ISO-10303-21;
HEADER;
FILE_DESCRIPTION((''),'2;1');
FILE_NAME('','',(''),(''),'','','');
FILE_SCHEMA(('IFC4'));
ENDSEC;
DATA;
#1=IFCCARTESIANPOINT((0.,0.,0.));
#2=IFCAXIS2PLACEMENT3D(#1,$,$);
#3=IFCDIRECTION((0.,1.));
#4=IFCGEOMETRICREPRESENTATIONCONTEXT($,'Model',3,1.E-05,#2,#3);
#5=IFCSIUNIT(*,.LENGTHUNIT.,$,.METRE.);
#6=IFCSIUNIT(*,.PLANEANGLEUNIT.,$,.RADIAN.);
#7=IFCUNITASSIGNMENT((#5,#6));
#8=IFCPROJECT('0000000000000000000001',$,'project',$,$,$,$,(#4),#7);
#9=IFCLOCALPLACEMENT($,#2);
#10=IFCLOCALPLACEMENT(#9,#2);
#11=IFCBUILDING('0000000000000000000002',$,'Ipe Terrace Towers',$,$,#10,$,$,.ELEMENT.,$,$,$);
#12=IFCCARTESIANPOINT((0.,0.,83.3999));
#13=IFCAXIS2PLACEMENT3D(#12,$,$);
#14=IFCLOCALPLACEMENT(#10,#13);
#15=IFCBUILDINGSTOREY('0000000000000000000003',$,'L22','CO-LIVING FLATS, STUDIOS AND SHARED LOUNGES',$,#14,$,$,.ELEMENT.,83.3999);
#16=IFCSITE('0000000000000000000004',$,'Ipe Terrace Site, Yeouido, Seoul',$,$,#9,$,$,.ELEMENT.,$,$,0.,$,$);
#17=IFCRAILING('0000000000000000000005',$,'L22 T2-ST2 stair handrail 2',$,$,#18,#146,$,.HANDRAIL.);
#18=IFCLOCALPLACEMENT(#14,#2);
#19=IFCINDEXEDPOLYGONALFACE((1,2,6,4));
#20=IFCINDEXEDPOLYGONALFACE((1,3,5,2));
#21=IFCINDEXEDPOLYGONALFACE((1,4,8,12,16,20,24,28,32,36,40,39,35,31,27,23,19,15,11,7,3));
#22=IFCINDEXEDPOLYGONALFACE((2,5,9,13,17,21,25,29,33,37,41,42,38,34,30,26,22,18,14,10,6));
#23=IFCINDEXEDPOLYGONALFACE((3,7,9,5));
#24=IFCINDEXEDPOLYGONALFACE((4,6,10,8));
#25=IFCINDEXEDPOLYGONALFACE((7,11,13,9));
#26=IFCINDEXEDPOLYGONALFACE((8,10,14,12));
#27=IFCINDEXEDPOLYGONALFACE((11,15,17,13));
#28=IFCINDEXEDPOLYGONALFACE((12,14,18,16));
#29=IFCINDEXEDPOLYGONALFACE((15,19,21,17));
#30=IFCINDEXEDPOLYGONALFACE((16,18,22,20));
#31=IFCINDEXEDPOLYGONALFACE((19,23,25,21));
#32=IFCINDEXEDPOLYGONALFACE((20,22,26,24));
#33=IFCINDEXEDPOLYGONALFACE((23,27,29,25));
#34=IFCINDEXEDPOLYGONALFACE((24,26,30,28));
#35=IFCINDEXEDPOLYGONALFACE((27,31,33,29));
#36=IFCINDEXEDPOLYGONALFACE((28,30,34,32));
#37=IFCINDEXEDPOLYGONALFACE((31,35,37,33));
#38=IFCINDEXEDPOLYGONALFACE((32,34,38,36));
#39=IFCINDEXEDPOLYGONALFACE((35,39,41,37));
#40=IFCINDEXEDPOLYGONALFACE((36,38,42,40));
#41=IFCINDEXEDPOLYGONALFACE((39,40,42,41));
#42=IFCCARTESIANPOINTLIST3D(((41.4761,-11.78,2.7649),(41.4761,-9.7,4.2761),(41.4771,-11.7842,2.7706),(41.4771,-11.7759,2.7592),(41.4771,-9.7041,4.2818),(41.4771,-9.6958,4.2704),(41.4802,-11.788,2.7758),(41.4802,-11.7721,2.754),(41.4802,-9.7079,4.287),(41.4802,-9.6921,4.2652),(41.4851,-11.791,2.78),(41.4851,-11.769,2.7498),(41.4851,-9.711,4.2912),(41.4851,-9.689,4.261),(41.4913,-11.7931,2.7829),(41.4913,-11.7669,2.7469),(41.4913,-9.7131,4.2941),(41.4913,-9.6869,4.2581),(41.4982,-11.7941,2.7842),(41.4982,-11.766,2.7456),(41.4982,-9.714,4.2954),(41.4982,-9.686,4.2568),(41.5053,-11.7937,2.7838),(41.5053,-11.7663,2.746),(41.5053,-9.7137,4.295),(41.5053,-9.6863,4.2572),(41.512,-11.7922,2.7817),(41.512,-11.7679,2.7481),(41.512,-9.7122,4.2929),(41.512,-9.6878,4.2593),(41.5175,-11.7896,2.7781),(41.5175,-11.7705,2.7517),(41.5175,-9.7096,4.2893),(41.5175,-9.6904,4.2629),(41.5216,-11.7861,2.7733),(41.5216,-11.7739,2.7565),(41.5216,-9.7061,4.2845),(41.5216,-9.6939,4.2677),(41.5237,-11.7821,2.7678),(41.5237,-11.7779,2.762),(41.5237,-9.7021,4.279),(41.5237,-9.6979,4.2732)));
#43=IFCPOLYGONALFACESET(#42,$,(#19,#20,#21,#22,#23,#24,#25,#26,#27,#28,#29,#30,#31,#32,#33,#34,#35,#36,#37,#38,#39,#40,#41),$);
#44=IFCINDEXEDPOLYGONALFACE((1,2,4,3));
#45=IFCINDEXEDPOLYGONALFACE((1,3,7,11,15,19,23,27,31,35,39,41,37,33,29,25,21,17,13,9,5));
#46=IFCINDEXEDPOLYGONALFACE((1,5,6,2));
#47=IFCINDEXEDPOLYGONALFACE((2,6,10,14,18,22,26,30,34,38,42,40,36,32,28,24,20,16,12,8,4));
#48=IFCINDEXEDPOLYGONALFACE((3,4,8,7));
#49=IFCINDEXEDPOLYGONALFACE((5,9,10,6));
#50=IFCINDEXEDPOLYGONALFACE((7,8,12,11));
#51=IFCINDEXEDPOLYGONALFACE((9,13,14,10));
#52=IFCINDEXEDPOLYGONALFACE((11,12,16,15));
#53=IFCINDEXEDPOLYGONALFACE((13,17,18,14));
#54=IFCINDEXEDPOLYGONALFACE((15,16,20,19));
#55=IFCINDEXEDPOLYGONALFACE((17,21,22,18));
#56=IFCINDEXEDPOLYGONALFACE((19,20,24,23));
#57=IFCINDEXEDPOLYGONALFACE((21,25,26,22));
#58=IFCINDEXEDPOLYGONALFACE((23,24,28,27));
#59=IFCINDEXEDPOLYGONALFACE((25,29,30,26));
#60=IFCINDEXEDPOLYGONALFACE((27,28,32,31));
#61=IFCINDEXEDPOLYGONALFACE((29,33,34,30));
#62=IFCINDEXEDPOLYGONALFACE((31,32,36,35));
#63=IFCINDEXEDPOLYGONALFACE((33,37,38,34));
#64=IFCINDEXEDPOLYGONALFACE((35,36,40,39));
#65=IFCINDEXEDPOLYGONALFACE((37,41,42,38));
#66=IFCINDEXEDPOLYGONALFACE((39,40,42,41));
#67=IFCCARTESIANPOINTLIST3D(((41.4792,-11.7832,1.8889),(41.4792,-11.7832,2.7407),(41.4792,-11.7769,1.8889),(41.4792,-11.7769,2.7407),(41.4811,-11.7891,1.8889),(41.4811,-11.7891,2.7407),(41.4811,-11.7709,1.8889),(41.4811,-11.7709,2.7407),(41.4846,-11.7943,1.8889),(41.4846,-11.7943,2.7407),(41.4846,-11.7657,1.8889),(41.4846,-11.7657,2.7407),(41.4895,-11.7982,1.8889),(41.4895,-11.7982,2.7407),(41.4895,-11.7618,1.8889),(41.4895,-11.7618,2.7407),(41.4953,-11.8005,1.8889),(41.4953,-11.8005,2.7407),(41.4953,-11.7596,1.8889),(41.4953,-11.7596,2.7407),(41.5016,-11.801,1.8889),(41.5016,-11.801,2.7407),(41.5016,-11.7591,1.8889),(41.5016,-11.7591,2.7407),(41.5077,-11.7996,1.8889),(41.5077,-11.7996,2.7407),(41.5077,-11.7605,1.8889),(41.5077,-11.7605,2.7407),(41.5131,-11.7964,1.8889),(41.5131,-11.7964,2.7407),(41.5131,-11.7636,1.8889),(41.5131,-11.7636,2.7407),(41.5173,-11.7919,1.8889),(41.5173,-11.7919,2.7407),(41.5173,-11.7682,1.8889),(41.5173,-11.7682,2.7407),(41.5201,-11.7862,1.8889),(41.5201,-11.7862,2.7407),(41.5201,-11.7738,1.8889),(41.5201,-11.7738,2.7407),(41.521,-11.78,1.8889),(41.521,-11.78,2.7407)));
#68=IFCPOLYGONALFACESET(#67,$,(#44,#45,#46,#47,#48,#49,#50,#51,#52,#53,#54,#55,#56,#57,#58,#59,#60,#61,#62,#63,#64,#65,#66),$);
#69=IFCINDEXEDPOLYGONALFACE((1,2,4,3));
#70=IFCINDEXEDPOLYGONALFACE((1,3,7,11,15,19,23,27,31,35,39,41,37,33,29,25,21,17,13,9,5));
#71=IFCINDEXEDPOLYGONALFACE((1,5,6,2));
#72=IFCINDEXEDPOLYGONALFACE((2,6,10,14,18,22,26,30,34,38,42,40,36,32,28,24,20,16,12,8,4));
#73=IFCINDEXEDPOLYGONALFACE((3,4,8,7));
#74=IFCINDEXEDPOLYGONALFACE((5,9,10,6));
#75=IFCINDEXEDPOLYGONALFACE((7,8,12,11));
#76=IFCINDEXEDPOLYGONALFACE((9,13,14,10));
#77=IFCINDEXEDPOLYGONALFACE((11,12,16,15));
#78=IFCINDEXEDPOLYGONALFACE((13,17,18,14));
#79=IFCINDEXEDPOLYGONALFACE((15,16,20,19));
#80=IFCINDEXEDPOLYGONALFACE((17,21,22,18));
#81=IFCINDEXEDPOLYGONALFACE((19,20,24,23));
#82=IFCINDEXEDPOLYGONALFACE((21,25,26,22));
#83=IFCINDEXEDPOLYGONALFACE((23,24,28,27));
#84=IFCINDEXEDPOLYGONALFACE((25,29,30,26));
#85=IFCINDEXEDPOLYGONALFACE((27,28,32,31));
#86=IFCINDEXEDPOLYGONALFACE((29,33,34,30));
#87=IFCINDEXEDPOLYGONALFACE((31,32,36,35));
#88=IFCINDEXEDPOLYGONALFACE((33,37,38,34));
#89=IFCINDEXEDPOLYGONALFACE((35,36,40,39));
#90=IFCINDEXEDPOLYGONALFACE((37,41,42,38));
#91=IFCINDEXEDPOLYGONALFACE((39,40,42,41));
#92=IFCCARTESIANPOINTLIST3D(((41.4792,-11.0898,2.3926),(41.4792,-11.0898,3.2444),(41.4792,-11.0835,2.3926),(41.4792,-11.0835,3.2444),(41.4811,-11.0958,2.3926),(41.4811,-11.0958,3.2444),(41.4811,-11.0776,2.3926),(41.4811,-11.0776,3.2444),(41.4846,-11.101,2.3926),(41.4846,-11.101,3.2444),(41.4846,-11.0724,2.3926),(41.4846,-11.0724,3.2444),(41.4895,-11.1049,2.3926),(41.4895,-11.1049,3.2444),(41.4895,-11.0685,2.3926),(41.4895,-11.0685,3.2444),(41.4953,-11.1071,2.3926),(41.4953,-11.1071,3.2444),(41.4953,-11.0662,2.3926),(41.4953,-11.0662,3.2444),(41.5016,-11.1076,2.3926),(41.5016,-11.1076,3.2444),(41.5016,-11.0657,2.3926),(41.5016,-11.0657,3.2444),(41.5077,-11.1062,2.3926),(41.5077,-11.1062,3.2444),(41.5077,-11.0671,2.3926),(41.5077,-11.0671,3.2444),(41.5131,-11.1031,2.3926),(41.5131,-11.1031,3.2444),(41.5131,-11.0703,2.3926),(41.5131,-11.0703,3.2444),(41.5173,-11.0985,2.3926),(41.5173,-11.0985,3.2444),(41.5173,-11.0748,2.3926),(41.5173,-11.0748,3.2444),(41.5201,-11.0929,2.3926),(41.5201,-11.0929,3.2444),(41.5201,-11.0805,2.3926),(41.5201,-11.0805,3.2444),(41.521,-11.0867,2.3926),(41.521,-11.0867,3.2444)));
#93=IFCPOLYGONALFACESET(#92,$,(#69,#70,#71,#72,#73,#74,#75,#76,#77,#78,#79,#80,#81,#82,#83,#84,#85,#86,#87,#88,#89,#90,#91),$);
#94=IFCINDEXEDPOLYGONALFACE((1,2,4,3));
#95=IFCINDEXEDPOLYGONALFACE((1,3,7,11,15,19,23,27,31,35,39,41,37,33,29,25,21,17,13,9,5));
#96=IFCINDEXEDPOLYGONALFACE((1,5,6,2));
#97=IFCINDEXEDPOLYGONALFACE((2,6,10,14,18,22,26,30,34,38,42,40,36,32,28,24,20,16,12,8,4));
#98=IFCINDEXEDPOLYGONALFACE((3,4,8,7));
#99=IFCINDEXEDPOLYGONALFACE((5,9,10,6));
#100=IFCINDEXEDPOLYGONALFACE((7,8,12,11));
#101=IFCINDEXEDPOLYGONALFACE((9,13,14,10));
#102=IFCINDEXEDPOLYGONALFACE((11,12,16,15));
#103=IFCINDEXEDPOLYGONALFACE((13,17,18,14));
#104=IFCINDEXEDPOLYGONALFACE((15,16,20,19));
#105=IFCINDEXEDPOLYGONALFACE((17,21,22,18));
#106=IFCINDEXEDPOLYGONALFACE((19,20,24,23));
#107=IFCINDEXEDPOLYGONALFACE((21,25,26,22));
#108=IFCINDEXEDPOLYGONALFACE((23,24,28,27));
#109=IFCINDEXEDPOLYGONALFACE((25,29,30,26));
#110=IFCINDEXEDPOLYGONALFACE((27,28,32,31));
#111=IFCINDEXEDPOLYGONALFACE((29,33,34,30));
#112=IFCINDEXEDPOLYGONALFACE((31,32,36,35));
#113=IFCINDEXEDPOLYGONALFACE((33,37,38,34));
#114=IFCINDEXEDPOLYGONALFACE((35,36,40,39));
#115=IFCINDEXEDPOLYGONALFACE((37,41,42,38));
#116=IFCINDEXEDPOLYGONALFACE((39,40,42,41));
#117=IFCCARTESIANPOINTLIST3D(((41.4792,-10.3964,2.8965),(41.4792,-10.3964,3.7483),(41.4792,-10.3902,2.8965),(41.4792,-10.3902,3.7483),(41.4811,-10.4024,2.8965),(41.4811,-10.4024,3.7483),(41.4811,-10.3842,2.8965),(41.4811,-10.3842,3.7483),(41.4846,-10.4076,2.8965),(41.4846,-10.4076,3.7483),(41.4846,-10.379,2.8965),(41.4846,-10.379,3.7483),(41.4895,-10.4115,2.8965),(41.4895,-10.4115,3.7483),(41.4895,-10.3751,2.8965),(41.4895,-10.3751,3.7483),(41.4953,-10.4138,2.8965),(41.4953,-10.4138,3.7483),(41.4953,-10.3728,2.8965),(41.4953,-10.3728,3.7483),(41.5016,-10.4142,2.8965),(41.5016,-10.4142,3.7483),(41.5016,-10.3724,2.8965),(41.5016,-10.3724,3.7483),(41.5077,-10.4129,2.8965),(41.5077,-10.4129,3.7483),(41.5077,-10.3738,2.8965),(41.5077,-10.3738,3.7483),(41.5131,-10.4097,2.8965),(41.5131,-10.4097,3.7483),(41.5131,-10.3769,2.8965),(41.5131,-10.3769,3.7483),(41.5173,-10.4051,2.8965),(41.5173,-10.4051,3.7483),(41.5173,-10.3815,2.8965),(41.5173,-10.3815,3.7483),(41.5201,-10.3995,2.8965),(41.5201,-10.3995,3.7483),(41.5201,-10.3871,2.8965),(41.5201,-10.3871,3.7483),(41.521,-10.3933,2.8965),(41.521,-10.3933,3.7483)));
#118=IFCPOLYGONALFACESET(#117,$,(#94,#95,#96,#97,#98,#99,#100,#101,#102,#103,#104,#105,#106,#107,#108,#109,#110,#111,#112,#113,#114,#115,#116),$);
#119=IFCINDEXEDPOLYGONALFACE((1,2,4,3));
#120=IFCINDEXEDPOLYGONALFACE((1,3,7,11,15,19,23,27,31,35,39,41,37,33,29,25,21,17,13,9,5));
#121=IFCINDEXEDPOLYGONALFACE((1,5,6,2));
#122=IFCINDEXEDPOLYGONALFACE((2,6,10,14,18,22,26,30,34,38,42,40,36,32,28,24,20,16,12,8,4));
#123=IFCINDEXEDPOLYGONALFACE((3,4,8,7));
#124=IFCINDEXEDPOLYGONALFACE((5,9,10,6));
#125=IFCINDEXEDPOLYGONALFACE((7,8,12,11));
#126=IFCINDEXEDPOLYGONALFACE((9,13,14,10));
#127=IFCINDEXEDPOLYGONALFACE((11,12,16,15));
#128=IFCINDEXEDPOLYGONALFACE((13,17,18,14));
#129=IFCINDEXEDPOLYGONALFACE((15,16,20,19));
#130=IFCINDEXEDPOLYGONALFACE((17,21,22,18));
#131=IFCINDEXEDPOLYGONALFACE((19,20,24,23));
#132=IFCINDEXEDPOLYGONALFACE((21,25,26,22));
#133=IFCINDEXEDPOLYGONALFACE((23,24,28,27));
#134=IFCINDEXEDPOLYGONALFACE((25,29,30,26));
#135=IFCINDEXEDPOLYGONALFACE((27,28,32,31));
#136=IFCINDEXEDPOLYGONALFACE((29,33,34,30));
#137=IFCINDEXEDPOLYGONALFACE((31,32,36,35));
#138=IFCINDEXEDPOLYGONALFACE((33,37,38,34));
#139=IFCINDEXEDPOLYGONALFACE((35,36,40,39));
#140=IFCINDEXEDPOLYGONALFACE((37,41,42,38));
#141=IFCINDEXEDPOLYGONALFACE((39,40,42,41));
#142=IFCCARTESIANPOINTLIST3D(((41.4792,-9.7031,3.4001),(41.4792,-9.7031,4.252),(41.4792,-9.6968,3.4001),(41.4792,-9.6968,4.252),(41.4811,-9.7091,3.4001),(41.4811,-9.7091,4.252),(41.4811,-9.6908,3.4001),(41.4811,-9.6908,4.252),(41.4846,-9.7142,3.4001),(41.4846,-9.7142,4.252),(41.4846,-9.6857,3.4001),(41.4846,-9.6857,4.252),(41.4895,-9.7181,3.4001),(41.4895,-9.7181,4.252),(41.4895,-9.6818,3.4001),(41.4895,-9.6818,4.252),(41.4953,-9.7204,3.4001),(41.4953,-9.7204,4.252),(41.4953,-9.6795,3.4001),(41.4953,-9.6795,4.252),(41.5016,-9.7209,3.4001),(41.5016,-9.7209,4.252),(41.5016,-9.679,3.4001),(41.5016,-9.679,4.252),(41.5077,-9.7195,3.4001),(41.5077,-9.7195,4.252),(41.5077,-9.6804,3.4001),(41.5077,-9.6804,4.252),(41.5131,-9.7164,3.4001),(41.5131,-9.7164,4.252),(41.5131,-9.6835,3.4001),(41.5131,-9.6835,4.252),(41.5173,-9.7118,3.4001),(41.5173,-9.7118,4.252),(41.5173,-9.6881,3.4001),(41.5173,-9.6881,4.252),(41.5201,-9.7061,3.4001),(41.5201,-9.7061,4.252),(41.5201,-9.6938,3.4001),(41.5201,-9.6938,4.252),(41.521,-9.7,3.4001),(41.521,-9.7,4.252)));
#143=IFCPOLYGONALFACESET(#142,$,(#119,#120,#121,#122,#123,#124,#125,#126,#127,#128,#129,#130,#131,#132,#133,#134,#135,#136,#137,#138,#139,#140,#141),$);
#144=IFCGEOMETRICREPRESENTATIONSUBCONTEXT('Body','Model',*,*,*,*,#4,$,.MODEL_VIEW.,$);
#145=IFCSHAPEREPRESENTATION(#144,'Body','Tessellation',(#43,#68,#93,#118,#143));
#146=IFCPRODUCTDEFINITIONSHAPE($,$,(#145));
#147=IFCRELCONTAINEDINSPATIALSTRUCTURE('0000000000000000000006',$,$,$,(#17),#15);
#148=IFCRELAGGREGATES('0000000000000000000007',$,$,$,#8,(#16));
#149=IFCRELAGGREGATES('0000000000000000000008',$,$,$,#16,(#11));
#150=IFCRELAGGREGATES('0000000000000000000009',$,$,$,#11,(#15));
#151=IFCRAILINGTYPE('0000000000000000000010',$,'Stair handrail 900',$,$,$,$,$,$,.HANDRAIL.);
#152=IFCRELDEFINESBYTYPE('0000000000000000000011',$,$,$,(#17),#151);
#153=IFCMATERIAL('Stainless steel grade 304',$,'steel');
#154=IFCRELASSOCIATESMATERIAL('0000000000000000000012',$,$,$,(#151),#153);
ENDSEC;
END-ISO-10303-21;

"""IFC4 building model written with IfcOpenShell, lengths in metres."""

from ifc_helpers import new_model, si_unit, direction, frame, origin, origin_2d, place, context, subcontext, project, spatial, circle, extrude, material, type_object, element, save


model = new_model("IFC4")

# Units and contexts
model_context = context("Model", 3, precision=1e-05, world=origin(), true_north=direction((0.0, 1.0)))
body_context = subcontext(model_context, "Body", "Model", "MODEL_VIEW")
ifc_project = project(units=[si_unit("LENGTHUNIT", "METRE"), si_unit("PLANEANGLEUNIT", "RADIAN")], contexts=[model_context])

# Site, building, storey
site_placement = place(None, origin())
site = spatial("IfcSite", under=ifc_project, at=site_placement, Name="Ipe Terrace Site, Yeouido, Seoul", CompositionType="ELEMENT", RefElevation=0.0)
building_placement = place(site_placement, origin())
building = spatial("IfcBuilding", under=site, at=building_placement, Name="Ipe Terrace Towers", CompositionType="ELEMENT")
storey_placement = place(building_placement, frame((0.0, 0.0, 83.3999)))
storey = spatial("IfcBuildingStorey", under=building, at=storey_placement, Name="L22", Description="CO-LIVING FLATS, STUDIOS AND SHARED LOUNGES", CompositionType="ELEMENT", Elevation=83.3999)

# Railing
ifc_material_1 = material(Name="Stainless steel grade 304", Category="steel")
railing_type_1 = type_object("IfcRailingType", Name="Stair handrail 900", PredefinedType="HANDRAIL", material=ifc_material_1)
railing_1_placement = place(storey_placement, frame((41.5, -11.78, 1.8889)))
element("IfcRailing", 1, at=railing_1_placement, inside=storey, type_object=railing_type_1, Name="L22 T2-ST2 stair handrail 2", PredefinedType="HANDRAIL", context=body_context, shape_type="SweptSolid", body=[
    extrude(circle(Radius=0.0239, at=origin_2d()), frame((0.0, 0.0, 0.876), z_axis=(0.0, 0.809023, 0.587776), x_axis=(-1.0, 0.0, 0.0)), (0.0, 0.0, 1.0), 2.571),
    extrude(circle(Radius=0.021, at=origin_2d()), origin(), (0.0, 0.0, 1.0), 0.8518),
    extrude(circle(Radius=0.021, at=origin_2d()), frame((0.0, 0.6934, 0.5037)), (0.0, 0.0, 1.0), 0.8518),
    extrude(circle(Radius=0.021, at=origin_2d()), frame((0.0, 1.3867, 1.0076)), (0.0, 0.0, 1.0), 0.8518),
    extrude(circle(Radius=0.021, at=origin_2d()), frame((0.0, 2.0801, 1.5112)), (0.0, 0.0, 1.0), 0.8518),
])

save(model, "model.ifc")
